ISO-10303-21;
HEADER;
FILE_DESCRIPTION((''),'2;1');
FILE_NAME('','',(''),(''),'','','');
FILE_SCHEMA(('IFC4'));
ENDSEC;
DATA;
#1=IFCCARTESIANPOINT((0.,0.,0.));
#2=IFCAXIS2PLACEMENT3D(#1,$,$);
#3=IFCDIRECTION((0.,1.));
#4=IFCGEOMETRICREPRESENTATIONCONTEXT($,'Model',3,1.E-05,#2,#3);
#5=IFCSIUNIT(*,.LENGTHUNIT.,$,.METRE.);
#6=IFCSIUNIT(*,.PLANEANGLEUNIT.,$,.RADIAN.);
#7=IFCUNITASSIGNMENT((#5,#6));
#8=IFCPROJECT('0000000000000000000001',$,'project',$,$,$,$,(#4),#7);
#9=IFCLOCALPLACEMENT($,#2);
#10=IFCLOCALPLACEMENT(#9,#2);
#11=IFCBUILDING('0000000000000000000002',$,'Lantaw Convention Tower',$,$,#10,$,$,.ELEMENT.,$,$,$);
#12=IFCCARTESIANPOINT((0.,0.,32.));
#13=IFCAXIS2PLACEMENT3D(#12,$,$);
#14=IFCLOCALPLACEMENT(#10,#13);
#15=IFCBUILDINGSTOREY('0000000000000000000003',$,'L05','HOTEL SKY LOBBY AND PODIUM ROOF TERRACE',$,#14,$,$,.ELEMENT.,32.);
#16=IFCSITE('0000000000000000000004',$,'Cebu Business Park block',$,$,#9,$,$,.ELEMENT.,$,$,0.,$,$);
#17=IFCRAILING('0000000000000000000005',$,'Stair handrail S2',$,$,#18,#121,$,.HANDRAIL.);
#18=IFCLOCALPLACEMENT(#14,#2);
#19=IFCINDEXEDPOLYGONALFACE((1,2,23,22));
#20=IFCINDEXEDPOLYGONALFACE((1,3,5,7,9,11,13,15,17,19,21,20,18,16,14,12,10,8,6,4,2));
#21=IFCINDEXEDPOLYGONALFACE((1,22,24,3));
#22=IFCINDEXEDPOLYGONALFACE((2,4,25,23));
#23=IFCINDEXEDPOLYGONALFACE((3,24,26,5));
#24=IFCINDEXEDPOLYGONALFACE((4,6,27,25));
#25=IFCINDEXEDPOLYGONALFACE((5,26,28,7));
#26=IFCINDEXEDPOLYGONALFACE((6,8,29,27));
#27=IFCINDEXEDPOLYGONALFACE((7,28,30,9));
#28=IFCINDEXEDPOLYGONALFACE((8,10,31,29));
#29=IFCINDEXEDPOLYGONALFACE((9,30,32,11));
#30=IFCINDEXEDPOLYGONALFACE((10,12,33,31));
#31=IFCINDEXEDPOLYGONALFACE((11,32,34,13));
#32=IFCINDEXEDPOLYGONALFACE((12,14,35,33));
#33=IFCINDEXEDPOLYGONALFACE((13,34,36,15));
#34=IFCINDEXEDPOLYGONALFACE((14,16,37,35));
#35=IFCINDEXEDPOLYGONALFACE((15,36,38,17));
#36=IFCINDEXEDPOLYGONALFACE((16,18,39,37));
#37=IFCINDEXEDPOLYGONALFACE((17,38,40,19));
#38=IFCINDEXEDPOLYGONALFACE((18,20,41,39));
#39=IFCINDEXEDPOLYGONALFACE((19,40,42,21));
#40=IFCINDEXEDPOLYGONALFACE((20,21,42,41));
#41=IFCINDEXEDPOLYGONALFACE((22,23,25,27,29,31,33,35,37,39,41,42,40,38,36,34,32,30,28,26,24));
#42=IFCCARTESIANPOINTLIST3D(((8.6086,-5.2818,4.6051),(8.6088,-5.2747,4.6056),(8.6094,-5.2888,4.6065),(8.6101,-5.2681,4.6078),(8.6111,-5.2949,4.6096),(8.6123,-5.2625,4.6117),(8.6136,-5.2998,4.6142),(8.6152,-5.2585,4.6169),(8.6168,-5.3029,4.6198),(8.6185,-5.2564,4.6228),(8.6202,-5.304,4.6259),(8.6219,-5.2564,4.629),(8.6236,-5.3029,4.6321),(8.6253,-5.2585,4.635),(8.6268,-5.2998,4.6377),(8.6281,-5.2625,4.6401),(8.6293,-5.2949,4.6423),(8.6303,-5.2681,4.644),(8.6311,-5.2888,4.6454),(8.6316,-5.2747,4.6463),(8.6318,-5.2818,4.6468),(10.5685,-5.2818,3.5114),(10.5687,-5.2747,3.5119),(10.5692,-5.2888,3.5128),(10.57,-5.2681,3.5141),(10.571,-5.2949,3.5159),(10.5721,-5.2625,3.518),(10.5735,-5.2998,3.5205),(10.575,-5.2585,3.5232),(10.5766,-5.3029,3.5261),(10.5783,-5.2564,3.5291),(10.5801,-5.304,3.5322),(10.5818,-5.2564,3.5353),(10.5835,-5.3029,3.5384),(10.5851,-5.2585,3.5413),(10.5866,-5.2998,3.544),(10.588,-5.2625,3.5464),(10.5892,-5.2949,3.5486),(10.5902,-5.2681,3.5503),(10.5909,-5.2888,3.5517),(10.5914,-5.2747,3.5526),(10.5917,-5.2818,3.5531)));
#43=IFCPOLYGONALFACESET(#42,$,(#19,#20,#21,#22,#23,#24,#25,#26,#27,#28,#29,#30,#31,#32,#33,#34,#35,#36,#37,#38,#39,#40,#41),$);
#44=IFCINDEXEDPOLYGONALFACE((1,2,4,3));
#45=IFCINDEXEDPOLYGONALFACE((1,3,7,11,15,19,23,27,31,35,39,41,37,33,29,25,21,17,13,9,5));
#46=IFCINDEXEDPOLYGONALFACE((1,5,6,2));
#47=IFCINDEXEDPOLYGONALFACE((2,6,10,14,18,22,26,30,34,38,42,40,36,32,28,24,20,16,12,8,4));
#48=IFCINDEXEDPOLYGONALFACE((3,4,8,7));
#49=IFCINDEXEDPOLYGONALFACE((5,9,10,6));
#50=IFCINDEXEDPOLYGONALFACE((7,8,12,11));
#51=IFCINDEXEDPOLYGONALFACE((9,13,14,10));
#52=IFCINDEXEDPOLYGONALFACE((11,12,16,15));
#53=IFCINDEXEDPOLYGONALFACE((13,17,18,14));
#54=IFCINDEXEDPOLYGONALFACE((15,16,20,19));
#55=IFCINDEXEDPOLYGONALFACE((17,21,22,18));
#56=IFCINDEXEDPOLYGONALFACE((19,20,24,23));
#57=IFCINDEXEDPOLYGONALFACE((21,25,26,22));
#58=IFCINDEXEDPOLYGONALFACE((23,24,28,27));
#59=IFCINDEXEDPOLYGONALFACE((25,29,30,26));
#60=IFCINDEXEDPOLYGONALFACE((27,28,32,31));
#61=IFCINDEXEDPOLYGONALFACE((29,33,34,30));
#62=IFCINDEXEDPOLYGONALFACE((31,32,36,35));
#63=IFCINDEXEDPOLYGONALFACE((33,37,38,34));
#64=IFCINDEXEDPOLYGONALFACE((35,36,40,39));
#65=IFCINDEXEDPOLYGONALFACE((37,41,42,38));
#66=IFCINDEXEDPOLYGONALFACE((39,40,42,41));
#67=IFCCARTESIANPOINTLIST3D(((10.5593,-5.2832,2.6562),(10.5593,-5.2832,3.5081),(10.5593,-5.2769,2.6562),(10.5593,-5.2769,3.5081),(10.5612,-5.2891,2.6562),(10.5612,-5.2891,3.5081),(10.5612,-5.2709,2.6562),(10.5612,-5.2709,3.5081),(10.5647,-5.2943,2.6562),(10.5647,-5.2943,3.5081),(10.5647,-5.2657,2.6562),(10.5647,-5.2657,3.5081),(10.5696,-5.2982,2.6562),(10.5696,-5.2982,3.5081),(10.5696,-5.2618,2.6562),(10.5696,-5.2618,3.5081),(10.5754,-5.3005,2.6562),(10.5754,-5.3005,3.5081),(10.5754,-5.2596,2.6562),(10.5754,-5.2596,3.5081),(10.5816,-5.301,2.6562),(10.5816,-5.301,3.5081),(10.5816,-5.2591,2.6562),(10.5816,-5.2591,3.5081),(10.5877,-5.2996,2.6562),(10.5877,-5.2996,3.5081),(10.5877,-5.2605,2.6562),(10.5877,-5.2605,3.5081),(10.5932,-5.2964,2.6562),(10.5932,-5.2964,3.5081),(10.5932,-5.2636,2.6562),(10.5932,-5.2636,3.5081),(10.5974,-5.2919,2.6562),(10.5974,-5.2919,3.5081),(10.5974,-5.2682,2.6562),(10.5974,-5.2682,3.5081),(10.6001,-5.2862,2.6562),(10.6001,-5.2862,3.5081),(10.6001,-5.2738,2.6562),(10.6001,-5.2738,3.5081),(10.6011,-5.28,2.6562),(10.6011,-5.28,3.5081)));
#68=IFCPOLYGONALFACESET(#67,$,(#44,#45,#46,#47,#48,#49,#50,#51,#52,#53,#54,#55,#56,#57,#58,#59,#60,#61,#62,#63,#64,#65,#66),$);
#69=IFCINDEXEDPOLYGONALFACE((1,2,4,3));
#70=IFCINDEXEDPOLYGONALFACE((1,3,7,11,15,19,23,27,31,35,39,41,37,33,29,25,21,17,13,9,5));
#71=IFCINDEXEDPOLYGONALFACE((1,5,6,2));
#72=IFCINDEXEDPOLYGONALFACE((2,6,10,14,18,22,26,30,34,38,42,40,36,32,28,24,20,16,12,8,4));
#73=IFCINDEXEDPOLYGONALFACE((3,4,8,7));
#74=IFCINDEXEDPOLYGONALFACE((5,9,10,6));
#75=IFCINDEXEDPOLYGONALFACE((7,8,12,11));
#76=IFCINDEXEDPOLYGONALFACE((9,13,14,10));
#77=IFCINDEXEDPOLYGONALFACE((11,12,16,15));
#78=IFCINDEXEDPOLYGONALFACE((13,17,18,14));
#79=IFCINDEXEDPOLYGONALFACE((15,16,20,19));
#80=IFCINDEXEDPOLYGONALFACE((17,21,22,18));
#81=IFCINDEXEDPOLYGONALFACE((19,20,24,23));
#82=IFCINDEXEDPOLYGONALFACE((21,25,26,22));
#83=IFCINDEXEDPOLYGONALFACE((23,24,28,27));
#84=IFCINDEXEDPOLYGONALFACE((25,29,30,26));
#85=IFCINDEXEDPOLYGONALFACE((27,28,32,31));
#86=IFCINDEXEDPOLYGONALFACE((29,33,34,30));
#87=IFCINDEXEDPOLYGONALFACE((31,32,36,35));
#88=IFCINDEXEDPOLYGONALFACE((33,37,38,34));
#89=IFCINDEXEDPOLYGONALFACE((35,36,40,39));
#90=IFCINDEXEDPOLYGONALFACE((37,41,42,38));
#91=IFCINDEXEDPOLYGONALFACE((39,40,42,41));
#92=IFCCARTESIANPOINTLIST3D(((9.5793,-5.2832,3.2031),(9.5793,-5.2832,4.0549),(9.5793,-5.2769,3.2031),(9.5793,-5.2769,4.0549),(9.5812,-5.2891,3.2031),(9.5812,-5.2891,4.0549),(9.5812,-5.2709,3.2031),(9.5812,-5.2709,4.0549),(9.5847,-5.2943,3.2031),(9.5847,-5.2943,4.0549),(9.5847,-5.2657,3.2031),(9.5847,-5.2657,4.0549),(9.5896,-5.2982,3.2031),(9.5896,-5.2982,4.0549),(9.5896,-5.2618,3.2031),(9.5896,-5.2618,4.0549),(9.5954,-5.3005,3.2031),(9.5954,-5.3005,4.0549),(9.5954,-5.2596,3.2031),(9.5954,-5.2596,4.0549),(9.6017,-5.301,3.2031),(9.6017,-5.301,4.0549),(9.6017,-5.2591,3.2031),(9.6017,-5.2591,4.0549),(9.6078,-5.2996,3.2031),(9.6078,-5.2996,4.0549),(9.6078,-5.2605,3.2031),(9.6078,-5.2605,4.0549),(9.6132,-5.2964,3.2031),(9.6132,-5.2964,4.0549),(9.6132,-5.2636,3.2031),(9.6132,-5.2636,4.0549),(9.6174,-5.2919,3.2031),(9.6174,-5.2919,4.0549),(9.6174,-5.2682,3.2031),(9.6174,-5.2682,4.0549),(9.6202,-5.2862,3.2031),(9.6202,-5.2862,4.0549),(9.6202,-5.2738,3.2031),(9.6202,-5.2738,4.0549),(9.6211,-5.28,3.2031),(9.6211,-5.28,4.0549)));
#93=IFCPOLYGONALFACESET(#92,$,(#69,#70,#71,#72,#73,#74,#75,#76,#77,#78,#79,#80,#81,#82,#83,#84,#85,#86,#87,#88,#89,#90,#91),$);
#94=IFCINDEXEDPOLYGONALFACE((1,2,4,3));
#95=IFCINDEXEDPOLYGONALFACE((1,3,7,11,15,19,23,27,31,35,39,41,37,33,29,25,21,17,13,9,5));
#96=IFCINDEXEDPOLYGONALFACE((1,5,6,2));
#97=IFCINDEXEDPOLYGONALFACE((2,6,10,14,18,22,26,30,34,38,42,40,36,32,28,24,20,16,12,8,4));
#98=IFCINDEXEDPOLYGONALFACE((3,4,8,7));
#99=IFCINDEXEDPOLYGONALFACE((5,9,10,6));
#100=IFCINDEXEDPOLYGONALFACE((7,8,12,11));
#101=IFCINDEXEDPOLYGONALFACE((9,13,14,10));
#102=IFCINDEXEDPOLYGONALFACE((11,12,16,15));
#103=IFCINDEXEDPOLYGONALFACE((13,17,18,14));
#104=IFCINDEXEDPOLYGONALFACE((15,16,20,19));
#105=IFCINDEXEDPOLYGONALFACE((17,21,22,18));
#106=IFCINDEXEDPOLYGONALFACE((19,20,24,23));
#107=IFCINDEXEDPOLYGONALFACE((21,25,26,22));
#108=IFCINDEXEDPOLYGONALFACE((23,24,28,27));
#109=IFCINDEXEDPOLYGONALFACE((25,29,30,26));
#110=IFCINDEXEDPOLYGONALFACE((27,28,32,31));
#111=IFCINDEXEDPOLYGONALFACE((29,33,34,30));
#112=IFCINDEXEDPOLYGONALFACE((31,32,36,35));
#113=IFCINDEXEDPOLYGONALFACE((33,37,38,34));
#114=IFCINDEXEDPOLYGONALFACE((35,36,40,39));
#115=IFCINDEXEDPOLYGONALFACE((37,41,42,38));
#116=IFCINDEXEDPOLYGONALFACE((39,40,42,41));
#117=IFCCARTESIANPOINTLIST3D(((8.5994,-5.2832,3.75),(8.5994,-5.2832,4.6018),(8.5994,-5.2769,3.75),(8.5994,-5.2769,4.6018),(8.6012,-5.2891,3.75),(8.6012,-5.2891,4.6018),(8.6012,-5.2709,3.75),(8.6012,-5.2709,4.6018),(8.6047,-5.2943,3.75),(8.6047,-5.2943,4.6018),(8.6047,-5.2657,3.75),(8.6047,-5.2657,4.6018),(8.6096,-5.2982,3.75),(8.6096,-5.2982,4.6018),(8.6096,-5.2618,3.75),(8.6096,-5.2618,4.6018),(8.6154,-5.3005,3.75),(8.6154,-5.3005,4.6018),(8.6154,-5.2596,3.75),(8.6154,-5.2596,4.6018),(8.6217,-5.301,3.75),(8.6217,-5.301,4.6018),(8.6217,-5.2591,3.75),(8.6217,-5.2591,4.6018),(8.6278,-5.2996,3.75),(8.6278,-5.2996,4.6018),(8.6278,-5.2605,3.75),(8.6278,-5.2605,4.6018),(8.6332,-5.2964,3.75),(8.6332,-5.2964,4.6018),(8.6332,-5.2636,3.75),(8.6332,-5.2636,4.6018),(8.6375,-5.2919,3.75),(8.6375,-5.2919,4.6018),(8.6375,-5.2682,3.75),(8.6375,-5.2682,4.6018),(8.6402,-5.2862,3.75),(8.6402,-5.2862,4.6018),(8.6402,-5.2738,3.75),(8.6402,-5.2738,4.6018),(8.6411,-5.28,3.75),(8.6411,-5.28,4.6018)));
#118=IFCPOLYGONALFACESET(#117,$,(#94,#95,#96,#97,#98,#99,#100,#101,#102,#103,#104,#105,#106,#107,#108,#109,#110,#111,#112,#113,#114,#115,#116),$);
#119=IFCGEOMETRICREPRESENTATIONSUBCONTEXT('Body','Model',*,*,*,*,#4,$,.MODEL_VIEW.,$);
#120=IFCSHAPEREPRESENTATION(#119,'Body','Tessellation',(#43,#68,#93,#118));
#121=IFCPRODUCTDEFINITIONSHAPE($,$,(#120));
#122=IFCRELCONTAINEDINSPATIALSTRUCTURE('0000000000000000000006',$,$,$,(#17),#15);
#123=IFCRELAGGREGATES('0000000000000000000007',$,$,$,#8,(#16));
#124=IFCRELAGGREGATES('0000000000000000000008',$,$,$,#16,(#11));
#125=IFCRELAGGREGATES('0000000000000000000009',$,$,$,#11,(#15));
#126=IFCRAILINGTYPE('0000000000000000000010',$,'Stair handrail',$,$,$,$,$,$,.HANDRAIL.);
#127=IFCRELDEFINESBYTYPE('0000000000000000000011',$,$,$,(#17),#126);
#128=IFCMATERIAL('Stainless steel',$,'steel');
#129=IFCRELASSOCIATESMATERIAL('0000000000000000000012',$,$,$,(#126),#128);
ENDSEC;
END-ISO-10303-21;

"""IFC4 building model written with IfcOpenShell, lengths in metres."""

from ifc_helpers import new_model, si_unit, direction, frame, origin, origin_2d, place, context, subcontext, project, spatial, circle, extrude, material, type_object, element, save


model = new_model("IFC4")

# Units and contexts
model_context = context("Model", 3, precision=1e-05, world=origin(), true_north=direction((0.0, 1.0)))
body_context = subcontext(model_context, "Body", "Model", "MODEL_VIEW")
ifc_project = project(units=[si_unit("LENGTHUNIT", "METRE"), si_unit("PLANEANGLEUNIT", "RADIAN")], contexts=[model_context])

# Site, building, storey
site_placement = place(None, origin())
site = spatial("IfcSite", under=ifc_project, at=site_placement, Name="Cebu Business Park block", CompositionType="ELEMENT", RefElevation=0.0)
building_placement = place(site_placement, origin())
building = spatial("IfcBuilding", under=site, at=building_placement, Name="Lantaw Convention Tower", CompositionType="ELEMENT")
storey_placement = place(building_placement, frame((0.0, 0.0, 32.0)))
storey = spatial("IfcBuildingStorey", under=building, at=storey_placement, Name="L05", Description="HOTEL SKY LOBBY AND PODIUM ROOF TERRACE", CompositionType="ELEMENT", Elevation=32.0)

# Railing
ifc_material_1 = material(Name="Stainless steel", Category="steel")
railing_type = type_object("IfcRailingType", Name="Stair handrail", PredefinedType="HANDRAIL", material=ifc_material_1)
railing_1_placement = place(storey_placement, frame((10.5801, -5.28, 2.6562)))
element("IfcRailing", 1, at=railing_1_placement, inside=storey, type_object=railing_type, Name="Stair handrail S2", PredefinedType="HANDRAIL", context=body_context, shape_type="SweptSolid", body=[
    extrude(circle(Radius=0.0239, at=origin_2d()), frame((0.0, 0.0, 0.876), z_axis=(-0.873232, 0.0, 0.487304), x_axis=(0.0, -1.0, 0.0)), (0.0, 0.0, 1.0), 2.2444),
    extrude(circle(Radius=0.021, at=origin_2d()), origin(), (0.0, 0.0, 1.0), 0.8518),
    extrude(circle(Radius=0.021, at=origin_2d()), frame((-0.98, 0.0, 0.5469)), (0.0, 0.0, 1.0), 0.8518),
    extrude(circle(Radius=0.021, at=origin_2d()), frame((-1.96, 0.0, 1.0938)), (0.0, 0.0, 1.0), 0.8518),
])

save(model, "model.ifc")
